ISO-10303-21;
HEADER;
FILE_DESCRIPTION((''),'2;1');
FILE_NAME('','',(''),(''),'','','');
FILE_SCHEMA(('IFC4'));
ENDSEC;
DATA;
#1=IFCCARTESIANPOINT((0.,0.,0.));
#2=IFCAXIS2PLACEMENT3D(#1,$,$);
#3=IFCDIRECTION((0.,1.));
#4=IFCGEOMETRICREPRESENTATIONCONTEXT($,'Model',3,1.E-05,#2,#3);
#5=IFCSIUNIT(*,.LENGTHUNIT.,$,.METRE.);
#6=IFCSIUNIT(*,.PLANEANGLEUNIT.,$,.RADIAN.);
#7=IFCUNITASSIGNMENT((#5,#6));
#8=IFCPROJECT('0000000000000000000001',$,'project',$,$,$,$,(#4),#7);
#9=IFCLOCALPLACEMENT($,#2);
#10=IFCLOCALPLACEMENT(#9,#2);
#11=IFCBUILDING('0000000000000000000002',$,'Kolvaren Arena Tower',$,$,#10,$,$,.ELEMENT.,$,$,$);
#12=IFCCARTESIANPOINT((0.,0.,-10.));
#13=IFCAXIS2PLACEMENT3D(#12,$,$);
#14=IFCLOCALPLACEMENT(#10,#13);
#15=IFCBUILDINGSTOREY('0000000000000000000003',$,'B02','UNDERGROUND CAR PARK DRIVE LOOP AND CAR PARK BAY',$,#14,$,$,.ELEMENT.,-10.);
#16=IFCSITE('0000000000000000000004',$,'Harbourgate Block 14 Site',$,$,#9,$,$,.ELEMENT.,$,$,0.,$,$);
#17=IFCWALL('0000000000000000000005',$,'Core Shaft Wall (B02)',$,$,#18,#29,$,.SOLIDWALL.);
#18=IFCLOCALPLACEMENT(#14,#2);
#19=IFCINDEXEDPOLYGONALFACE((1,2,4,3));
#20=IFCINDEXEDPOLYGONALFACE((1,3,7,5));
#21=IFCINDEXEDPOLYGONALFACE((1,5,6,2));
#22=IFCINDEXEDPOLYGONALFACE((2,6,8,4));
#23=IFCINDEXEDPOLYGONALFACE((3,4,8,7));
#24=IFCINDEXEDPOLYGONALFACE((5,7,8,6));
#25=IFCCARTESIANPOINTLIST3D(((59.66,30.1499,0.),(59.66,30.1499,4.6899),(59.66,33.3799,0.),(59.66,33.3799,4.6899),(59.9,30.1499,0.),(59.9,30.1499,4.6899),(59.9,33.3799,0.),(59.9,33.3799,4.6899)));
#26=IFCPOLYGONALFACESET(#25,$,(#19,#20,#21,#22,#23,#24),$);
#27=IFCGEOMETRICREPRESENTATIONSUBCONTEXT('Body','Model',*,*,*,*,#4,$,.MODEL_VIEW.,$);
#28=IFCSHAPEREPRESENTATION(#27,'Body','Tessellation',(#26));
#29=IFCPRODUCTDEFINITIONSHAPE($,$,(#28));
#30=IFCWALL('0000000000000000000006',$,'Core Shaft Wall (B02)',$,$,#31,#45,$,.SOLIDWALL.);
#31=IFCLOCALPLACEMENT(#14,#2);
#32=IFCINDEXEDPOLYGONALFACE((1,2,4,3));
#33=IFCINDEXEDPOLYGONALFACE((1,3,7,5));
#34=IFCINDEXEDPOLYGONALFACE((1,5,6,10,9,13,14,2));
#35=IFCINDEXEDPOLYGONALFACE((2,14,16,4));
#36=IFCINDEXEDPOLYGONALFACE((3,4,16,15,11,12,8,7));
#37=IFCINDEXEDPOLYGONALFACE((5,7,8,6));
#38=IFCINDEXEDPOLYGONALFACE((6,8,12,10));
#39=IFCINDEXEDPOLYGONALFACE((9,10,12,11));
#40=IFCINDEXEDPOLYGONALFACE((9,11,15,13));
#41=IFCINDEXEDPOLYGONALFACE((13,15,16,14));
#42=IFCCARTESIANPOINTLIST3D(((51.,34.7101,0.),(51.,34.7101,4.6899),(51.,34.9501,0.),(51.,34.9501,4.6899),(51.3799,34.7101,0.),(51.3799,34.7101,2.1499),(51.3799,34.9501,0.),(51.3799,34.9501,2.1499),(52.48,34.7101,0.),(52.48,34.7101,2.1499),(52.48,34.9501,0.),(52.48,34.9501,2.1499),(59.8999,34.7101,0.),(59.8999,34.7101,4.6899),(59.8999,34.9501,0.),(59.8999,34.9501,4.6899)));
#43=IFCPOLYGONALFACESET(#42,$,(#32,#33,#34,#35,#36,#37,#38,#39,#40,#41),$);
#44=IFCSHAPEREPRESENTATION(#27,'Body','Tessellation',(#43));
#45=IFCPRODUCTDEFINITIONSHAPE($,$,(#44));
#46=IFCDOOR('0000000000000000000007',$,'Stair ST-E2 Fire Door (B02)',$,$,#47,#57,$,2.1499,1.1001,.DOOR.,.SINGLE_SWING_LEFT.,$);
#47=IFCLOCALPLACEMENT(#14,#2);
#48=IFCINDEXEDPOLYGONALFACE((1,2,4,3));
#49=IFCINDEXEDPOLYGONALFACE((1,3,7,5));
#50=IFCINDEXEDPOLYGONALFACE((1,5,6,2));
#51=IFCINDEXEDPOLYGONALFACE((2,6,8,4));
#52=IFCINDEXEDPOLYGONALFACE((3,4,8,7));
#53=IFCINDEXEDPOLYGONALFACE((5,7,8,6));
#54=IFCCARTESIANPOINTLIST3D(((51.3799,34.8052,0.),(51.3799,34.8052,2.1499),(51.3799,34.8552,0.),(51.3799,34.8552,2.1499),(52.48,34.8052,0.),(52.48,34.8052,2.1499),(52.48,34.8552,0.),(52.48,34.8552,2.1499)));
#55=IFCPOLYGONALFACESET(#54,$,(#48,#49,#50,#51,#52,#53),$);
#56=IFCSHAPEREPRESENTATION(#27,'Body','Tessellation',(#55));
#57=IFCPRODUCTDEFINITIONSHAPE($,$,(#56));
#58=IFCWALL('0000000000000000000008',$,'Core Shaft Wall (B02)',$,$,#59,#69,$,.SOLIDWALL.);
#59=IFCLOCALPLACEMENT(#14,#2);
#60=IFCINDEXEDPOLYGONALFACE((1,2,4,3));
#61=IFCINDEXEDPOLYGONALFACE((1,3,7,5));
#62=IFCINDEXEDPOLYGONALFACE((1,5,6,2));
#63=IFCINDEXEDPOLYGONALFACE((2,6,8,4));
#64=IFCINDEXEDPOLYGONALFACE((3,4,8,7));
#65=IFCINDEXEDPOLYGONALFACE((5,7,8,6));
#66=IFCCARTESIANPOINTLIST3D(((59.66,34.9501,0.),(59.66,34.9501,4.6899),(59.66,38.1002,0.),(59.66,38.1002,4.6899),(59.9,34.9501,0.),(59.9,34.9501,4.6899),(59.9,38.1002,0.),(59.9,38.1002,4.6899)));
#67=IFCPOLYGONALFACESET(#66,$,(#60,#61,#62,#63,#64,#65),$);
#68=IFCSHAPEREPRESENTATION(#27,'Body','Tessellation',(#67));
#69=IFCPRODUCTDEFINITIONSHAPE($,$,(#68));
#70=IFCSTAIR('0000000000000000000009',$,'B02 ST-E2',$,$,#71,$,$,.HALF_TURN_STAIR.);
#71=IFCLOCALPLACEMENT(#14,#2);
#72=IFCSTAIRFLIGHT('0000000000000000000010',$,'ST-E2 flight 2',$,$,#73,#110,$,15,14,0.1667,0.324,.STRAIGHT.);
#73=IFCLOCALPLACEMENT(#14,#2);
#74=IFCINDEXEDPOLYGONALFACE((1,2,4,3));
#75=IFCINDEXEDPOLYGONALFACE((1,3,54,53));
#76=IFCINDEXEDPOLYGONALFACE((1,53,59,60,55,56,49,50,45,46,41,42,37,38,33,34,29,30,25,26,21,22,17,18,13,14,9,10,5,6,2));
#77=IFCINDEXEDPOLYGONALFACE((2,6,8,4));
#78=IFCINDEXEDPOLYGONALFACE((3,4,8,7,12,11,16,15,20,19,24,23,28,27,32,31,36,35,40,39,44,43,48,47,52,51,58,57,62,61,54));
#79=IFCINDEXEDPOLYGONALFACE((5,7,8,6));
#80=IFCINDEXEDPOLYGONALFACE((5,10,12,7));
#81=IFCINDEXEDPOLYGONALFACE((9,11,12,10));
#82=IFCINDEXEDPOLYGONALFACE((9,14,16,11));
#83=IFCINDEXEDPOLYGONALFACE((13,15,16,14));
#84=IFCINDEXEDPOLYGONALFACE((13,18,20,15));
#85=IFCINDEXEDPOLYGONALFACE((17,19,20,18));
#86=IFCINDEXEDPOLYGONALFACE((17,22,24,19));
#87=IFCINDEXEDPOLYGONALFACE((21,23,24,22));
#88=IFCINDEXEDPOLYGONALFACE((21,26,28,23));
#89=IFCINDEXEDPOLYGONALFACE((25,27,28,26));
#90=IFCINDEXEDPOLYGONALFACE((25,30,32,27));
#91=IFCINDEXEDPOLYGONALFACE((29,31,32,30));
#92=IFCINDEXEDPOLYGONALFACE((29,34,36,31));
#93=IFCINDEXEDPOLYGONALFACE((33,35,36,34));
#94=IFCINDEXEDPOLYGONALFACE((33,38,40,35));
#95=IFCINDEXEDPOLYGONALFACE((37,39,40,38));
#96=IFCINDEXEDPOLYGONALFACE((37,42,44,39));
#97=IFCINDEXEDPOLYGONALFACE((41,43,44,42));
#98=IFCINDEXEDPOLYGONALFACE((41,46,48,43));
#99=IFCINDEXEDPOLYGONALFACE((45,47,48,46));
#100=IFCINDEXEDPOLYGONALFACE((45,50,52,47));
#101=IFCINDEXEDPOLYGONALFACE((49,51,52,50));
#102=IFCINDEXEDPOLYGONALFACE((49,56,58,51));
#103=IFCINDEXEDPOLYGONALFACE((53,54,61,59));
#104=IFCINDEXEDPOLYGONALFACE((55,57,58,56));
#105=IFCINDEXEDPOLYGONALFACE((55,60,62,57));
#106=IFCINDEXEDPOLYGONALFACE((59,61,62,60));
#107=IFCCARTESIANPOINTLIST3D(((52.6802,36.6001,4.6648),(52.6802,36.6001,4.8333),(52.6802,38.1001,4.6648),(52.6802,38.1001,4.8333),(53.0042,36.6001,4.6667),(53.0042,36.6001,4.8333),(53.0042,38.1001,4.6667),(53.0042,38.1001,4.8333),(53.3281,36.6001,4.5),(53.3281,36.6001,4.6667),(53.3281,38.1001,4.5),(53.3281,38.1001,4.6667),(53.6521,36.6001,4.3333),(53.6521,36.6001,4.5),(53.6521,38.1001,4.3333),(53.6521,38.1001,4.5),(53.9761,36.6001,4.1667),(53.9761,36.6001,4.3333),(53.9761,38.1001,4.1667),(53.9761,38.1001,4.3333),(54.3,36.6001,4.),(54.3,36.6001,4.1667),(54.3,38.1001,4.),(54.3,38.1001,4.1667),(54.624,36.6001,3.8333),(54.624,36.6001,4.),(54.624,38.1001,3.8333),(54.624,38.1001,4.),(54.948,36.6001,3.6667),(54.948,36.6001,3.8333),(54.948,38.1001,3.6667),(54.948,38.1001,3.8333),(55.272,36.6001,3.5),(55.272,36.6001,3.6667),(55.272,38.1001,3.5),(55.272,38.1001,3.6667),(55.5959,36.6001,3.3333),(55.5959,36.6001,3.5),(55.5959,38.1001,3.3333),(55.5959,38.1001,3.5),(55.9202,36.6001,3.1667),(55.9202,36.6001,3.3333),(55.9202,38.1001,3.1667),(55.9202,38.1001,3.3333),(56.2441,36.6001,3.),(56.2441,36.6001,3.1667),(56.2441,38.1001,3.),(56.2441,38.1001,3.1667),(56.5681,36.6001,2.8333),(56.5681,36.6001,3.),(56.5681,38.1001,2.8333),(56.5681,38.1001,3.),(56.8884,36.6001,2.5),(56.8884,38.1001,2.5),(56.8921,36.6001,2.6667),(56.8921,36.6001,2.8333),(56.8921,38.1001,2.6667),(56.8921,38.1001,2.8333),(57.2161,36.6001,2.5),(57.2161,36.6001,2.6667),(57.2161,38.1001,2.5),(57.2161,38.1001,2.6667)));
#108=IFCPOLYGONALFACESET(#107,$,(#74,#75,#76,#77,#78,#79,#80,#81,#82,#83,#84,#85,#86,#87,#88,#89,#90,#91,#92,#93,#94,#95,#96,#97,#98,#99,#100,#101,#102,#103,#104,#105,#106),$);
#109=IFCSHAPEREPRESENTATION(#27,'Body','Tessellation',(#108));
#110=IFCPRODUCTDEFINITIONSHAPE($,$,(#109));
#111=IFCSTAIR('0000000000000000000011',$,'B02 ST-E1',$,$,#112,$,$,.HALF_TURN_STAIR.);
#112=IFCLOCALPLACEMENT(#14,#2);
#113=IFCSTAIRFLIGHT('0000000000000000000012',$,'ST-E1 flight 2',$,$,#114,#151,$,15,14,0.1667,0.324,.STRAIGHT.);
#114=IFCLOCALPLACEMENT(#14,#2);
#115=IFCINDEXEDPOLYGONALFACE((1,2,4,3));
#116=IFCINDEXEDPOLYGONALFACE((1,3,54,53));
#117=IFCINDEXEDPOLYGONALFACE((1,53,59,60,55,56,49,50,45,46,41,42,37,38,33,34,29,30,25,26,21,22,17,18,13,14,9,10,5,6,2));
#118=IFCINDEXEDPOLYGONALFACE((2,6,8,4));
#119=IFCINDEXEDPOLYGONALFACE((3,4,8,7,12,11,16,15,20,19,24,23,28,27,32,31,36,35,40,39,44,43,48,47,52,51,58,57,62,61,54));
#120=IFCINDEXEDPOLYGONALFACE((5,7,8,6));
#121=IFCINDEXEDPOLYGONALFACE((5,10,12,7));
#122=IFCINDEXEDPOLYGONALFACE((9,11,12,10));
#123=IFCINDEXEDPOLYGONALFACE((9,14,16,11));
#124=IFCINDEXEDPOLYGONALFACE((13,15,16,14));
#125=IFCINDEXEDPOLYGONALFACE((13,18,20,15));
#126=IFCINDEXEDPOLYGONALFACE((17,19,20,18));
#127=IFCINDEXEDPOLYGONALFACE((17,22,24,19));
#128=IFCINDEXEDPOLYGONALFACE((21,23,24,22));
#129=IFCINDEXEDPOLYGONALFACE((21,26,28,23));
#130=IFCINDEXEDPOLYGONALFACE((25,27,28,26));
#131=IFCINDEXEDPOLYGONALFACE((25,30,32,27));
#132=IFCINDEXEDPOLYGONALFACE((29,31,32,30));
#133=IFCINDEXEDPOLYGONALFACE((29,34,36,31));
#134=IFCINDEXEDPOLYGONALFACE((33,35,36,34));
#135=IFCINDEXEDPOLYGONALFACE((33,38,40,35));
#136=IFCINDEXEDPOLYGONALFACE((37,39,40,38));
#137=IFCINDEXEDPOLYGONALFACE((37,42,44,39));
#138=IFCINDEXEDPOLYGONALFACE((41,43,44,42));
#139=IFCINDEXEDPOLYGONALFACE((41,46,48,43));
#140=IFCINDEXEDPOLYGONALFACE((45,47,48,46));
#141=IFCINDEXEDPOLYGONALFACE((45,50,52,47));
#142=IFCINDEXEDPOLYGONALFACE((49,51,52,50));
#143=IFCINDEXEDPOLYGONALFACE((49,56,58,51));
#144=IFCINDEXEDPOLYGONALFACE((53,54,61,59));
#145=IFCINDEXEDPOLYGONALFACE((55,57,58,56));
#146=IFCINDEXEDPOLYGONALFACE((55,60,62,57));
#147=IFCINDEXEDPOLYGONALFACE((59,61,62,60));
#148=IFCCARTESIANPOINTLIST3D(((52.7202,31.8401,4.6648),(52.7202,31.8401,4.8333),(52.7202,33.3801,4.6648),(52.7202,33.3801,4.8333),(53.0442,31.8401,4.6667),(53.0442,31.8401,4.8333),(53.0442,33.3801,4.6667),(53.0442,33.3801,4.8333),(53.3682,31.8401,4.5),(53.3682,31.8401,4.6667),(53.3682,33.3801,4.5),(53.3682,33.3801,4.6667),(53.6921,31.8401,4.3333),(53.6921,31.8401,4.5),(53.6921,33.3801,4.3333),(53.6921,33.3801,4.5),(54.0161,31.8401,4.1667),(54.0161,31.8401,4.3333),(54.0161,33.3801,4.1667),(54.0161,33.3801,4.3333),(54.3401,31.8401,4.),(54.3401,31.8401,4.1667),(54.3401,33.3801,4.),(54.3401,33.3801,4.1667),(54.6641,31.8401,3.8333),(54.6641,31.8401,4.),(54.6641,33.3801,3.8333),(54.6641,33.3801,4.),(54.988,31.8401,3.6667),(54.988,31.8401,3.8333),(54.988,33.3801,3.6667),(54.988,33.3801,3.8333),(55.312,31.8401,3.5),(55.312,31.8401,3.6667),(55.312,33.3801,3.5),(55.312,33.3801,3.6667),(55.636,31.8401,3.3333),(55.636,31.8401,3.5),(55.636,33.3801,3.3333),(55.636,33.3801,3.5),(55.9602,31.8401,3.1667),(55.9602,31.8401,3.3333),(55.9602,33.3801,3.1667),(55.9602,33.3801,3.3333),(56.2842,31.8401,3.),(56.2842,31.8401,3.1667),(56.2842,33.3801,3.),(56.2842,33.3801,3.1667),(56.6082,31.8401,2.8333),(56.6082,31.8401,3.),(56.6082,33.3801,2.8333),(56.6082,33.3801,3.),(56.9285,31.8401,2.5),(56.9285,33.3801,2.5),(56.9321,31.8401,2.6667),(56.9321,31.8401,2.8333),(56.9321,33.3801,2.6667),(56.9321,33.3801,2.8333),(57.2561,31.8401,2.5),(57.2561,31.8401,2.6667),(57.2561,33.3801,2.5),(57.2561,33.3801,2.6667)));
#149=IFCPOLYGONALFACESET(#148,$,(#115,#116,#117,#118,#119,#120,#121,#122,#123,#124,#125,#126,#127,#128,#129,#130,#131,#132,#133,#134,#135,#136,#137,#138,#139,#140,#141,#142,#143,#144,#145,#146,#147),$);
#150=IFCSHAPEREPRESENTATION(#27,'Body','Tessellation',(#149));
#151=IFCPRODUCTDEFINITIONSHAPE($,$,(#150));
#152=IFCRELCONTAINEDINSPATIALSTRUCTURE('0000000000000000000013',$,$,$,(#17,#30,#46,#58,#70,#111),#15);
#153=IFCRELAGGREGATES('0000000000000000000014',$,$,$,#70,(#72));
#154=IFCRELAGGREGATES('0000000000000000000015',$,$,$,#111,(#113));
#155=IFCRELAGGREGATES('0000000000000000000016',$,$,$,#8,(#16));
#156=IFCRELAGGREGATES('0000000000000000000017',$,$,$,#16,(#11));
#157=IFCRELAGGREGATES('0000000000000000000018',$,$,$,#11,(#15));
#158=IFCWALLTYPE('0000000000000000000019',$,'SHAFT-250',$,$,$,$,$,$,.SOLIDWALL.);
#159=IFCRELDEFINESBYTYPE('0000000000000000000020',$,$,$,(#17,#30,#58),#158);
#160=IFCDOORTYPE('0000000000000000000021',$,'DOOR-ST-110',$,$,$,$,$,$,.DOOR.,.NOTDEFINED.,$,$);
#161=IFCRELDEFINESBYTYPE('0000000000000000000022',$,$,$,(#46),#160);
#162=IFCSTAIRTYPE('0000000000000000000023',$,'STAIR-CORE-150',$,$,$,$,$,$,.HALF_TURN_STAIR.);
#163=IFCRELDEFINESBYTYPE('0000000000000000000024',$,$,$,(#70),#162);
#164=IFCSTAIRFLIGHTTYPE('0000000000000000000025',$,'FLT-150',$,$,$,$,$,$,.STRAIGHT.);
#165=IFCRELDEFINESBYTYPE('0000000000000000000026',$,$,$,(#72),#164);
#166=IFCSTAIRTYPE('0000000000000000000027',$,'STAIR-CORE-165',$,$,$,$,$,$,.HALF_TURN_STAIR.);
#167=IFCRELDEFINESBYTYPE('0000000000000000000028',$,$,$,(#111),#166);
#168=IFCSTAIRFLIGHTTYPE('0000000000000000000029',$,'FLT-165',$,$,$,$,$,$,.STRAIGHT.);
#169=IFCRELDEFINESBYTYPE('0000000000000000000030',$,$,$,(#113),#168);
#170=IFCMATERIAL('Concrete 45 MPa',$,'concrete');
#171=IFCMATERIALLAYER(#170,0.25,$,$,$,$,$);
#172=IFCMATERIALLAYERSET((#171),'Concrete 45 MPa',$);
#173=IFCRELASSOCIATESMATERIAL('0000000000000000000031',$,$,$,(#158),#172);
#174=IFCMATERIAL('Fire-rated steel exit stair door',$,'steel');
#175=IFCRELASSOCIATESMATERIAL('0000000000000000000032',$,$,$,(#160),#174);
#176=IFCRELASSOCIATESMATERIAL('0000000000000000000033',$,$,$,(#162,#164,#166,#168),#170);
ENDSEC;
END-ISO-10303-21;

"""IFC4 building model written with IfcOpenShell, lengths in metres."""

from ifc_helpers import new_model, si_unit, direction, frame, frame_2d, origin, place, context, subcontext, project, spatial, polyline, rectangle, outline, extrude, material, layer, layer_set, type_object, element, fill, aggregate, save


model = new_model("IFC4")

# Units and contexts
model_context = context("Model", 3, precision=1e-05, world=origin(), true_north=direction((0.0, 1.0)))
body_context = subcontext(model_context, "Body", "Model", "MODEL_VIEW")
ifc_project = project(units=[si_unit("LENGTHUNIT", "METRE"), si_unit("PLANEANGLEUNIT", "RADIAN")], contexts=[model_context])

# Site, building, storey
site_placement = place(None, origin())
site = spatial("IfcSite", under=ifc_project, at=site_placement, Name="Harbourgate Block 14 Site", CompositionType="ELEMENT", RefElevation=0.0)
building_placement = place(site_placement, origin())
building = spatial("IfcBuilding", under=site, at=building_placement, Name="Kolvaren Arena Tower", CompositionType="ELEMENT")
storey_placement = place(building_placement, frame((0.0, 0.0, -10.0)))
storey = spatial("IfcBuildingStorey", under=building, at=storey_placement, Name="B02", Description="UNDERGROUND CAR PARK DRIVE LOOP AND CAR PARK BAY", CompositionType="ELEMENT", Elevation=-10.0)

# Shared definitions
ifc_material_1 = material(Name="Concrete 45 MPa", Category="concrete")
ifc_layer = layer(ifc_material_1, 0.25)
ifc_layer_set = layer_set([ifc_layer], Name="Concrete 45 MPa")
wall_type = type_object("IfcWallType", Name="SHAFT-250", PredefinedType="SOLIDWALL", material=ifc_layer_set)

# Shared definitions
ifc_material_2 = material(Name="Fire-rated steel exit stair door", Category="steel")
door_type = type_object("IfcDoorType", Name="DOOR-ST-110", OperationType="NOTDEFINED", PredefinedType="DOOR", material=ifc_material_2)

# Wall
wall_1_placement = place(storey_placement, frame((59.78, 30.1499, 0.0), z_axis=(0.0, 0.0, 1.0), x_axis=(0.0, 1.0, 0.0)))
element("IfcWall", 1, at=wall_1_placement, inside=storey, type_object=wall_type, Name="Core Shaft Wall (B02)", PredefinedType="SOLIDWALL", context=body_context, shape_type="SweptSolid", body=[
    extrude(rectangle(XDim=3.23, YDim=0.24, at=frame_2d((1.615, 0.0))), origin(), (0.0, 0.0, 1.0), 4.6899),
])

# Wall, opening, door
wall_2_placement = place(storey_placement, frame((59.8999, 34.8301, 0.0), z_axis=(0.0, 0.0, 1.0), x_axis=(-1.0, 0.0, 0.0)))
wall_2 = element("IfcWall", 2, at=wall_2_placement, inside=storey, type_object=wall_type, Name="Core Shaft Wall (B02)", PredefinedType="SOLIDWALL", context=body_context, shape_type="SweptSolid", body=[
    extrude(rectangle(XDim=8.8999, YDim=0.24, at=frame_2d((4.45, 0.0))), origin(), (0.0, 0.0, 1.0), 4.6899),
])
opening_1_placement = place(wall_2_placement, frame((7.4199, 0.0, 0.0)))
opening_1 = element("IfcOpeningElement", 3, at=opening_1_placement, cuts=wall_2, PredefinedType="OPENING", context=body_context, shape_type="SweptSolid", body=[
    extrude(rectangle(XDim=1.1001, YDim=2.1499, at=frame_2d((0.55, 1.075))), frame((0.0, 0.1299, 0.0), z_axis=(0.0, -1.0, 0.0), x_axis=(1.0, 0.0, 0.0)), (0.0, 0.0, 1.0), 0.26),
])
door_1_placement = place(opening_1_placement, origin())
door_1 = element("IfcDoor", 4, at=door_1_placement, inside=storey, type_object=door_type, Name="Stair ST-E2 Fire Door (B02)", OperationType="SINGLE_SWING_LEFT", OverallHeight=2.1499, OverallWidth=1.1001, PredefinedType="DOOR", context=body_context, shape_type="SweptSolid", body=[
    extrude(rectangle(XDim=1.1001, YDim=2.1499, at=frame_2d((0.55, 1.075))), frame((0.0, 0.0249, 0.0), z_axis=(0.0, -1.0, 0.0), x_axis=(1.0, 0.0, 0.0)), (0.0, 0.0, 1.0), 0.05),
])
fill(opening_1, door_1)

# Wall
wall_3_placement = place(storey_placement, frame((59.78, 34.95, 0.0), z_axis=(0.0, 0.0, 1.0), x_axis=(0.0, 1.0, 0.0)))
element("IfcWall", 5, at=wall_3_placement, inside=storey, type_object=wall_type, Name="Core Shaft Wall (B02)", PredefinedType="SOLIDWALL", context=body_context, shape_type="SweptSolid", body=[
    extrude(rectangle(XDim=3.1501, YDim=0.24, at=frame_2d((1.5752, 0.0))), origin(), (0.0, 0.0, 1.0), 4.6899),
])

# Stairs, stair flights
stair_type_1 = type_object("IfcStairType", Name="STAIR-CORE-150", PredefinedType="HALF_TURN_STAIR", material=ifc_material_1)
stair_1_placement = place(storey_placement, origin())
stair_1 = element("IfcStair", 6, at=stair_1_placement, inside=storey, type_object=stair_type_1, Name="B02 ST-E2", PredefinedType="HALF_TURN_STAIR")
stair_flight_type_1 = type_object("IfcStairFlightType", Name="FLT-150", PredefinedType="STRAIGHT", material=ifc_material_1)
stair_flight_1_placement = place(storey_placement, frame((57.2161, 37.3501, 2.5), z_axis=(0.0, 0.0, 1.0), x_axis=(-1.0, 0.0, 0.0)))
stair_flight_1 = element("IfcStairFlight", 7, at=stair_flight_1_placement, type_object=stair_flight_type_1, Name="ST-E2 flight 2", NumberOfRisers=15, NumberOfTreads=14, PredefinedType="STRAIGHT", RiserHeight=0.1667, TreadLength=0.324, context=body_context, shape_type="SweptSolid", body=[
    extrude(outline(polyline([(0.0, 0.0), (0.0, 0.1667), (0.324, 0.1667), (0.324, 0.3333), (0.6479, 0.3333), (0.6479, 0.5), (0.9719, 0.5), (0.9719, 0.6667), (1.2959, 0.6667), (1.2959, 0.8333), (1.6201, 0.8333), (1.6201, 1.0), (1.9441, 1.0), (1.9441, 1.1667), (2.2681, 1.1667), (2.2681, 1.3333), (2.592, 1.3333), (2.592, 1.5), (2.916, 1.5), (2.916, 1.6667), (3.24, 1.6667), (3.24, 1.8333), (3.564, 1.8333), (3.564, 2.0), (3.8879, 2.0), (3.8879, 2.1667), (4.2119, 2.1667), (4.2119, 2.3333), (4.5359, 2.3333), (4.5359, 2.5), (4.5359, 2.1648), (0.3276, 0.0), (0.0, 0.0)])), frame((0.0, 0.75, 0.0), z_axis=(0.0, -1.0, 0.0), x_axis=(1.0, 0.0, 0.0)), (0.0, 0.0, 1.0), 1.5),
])
aggregate(stair_1, [stair_flight_1])
stair_type_2 = type_object("IfcStairType", Name="STAIR-CORE-165", PredefinedType="HALF_TURN_STAIR", material=ifc_material_1)
stair_2_placement = place(storey_placement, origin())
stair_2 = element("IfcStair", 8, at=stair_2_placement, inside=storey, type_object=stair_type_2, Name="B02 ST-E1", PredefinedType="HALF_TURN_STAIR")
stair_flight_type_2 = type_object("IfcStairFlightType", Name="FLT-165", PredefinedType="STRAIGHT", material=ifc_material_1)
stair_flight_2_placement = place(storey_placement, frame((57.2561, 32.6101, 2.5), z_axis=(0.0, 0.0, 1.0), x_axis=(-1.0, 0.0, 0.0)))
stair_flight_2 = element("IfcStairFlight", 9, at=stair_flight_2_placement, type_object=stair_flight_type_2, Name="ST-E1 flight 2", NumberOfRisers=15, NumberOfTreads=14, PredefinedType="STRAIGHT", RiserHeight=0.1667, TreadLength=0.324, context=body_context, shape_type="SweptSolid", body=[
    extrude(outline(polyline([(0.0, 0.0), (0.0, 0.1667), (0.324, 0.1667), (0.324, 0.3333), (0.6479, 0.3333), (0.6479, 0.5), (0.9719, 0.5), (0.9719, 0.6667), (1.2959, 0.6667), (1.2959, 0.8333), (1.6201, 0.8333), (1.6201, 1.0), (1.9441, 1.0), (1.9441, 1.1667), (2.2681, 1.1667), (2.2681, 1.3333), (2.592, 1.3333), (2.592, 1.5), (2.916, 1.5), (2.916, 1.6667), (3.24, 1.6667), (3.24, 1.8333), (3.564, 1.8333), (3.564, 2.0), (3.8879, 2.0), (3.8879, 2.1667), (4.2119, 2.1667), (4.2119, 2.3333), (4.5359, 2.3333), (4.5359, 2.5), (4.5359, 2.1648), (0.3276, 0.0), (0.0, 0.0)])), frame((0.0, 0.77, 0.0), z_axis=(0.0, -1.0, 0.0), x_axis=(1.0, 0.0, 0.0)), (0.0, 0.0, 1.0), 1.54),
])
aggregate(stair_2, [stair_flight_2])

save(model, "model.ifc")
